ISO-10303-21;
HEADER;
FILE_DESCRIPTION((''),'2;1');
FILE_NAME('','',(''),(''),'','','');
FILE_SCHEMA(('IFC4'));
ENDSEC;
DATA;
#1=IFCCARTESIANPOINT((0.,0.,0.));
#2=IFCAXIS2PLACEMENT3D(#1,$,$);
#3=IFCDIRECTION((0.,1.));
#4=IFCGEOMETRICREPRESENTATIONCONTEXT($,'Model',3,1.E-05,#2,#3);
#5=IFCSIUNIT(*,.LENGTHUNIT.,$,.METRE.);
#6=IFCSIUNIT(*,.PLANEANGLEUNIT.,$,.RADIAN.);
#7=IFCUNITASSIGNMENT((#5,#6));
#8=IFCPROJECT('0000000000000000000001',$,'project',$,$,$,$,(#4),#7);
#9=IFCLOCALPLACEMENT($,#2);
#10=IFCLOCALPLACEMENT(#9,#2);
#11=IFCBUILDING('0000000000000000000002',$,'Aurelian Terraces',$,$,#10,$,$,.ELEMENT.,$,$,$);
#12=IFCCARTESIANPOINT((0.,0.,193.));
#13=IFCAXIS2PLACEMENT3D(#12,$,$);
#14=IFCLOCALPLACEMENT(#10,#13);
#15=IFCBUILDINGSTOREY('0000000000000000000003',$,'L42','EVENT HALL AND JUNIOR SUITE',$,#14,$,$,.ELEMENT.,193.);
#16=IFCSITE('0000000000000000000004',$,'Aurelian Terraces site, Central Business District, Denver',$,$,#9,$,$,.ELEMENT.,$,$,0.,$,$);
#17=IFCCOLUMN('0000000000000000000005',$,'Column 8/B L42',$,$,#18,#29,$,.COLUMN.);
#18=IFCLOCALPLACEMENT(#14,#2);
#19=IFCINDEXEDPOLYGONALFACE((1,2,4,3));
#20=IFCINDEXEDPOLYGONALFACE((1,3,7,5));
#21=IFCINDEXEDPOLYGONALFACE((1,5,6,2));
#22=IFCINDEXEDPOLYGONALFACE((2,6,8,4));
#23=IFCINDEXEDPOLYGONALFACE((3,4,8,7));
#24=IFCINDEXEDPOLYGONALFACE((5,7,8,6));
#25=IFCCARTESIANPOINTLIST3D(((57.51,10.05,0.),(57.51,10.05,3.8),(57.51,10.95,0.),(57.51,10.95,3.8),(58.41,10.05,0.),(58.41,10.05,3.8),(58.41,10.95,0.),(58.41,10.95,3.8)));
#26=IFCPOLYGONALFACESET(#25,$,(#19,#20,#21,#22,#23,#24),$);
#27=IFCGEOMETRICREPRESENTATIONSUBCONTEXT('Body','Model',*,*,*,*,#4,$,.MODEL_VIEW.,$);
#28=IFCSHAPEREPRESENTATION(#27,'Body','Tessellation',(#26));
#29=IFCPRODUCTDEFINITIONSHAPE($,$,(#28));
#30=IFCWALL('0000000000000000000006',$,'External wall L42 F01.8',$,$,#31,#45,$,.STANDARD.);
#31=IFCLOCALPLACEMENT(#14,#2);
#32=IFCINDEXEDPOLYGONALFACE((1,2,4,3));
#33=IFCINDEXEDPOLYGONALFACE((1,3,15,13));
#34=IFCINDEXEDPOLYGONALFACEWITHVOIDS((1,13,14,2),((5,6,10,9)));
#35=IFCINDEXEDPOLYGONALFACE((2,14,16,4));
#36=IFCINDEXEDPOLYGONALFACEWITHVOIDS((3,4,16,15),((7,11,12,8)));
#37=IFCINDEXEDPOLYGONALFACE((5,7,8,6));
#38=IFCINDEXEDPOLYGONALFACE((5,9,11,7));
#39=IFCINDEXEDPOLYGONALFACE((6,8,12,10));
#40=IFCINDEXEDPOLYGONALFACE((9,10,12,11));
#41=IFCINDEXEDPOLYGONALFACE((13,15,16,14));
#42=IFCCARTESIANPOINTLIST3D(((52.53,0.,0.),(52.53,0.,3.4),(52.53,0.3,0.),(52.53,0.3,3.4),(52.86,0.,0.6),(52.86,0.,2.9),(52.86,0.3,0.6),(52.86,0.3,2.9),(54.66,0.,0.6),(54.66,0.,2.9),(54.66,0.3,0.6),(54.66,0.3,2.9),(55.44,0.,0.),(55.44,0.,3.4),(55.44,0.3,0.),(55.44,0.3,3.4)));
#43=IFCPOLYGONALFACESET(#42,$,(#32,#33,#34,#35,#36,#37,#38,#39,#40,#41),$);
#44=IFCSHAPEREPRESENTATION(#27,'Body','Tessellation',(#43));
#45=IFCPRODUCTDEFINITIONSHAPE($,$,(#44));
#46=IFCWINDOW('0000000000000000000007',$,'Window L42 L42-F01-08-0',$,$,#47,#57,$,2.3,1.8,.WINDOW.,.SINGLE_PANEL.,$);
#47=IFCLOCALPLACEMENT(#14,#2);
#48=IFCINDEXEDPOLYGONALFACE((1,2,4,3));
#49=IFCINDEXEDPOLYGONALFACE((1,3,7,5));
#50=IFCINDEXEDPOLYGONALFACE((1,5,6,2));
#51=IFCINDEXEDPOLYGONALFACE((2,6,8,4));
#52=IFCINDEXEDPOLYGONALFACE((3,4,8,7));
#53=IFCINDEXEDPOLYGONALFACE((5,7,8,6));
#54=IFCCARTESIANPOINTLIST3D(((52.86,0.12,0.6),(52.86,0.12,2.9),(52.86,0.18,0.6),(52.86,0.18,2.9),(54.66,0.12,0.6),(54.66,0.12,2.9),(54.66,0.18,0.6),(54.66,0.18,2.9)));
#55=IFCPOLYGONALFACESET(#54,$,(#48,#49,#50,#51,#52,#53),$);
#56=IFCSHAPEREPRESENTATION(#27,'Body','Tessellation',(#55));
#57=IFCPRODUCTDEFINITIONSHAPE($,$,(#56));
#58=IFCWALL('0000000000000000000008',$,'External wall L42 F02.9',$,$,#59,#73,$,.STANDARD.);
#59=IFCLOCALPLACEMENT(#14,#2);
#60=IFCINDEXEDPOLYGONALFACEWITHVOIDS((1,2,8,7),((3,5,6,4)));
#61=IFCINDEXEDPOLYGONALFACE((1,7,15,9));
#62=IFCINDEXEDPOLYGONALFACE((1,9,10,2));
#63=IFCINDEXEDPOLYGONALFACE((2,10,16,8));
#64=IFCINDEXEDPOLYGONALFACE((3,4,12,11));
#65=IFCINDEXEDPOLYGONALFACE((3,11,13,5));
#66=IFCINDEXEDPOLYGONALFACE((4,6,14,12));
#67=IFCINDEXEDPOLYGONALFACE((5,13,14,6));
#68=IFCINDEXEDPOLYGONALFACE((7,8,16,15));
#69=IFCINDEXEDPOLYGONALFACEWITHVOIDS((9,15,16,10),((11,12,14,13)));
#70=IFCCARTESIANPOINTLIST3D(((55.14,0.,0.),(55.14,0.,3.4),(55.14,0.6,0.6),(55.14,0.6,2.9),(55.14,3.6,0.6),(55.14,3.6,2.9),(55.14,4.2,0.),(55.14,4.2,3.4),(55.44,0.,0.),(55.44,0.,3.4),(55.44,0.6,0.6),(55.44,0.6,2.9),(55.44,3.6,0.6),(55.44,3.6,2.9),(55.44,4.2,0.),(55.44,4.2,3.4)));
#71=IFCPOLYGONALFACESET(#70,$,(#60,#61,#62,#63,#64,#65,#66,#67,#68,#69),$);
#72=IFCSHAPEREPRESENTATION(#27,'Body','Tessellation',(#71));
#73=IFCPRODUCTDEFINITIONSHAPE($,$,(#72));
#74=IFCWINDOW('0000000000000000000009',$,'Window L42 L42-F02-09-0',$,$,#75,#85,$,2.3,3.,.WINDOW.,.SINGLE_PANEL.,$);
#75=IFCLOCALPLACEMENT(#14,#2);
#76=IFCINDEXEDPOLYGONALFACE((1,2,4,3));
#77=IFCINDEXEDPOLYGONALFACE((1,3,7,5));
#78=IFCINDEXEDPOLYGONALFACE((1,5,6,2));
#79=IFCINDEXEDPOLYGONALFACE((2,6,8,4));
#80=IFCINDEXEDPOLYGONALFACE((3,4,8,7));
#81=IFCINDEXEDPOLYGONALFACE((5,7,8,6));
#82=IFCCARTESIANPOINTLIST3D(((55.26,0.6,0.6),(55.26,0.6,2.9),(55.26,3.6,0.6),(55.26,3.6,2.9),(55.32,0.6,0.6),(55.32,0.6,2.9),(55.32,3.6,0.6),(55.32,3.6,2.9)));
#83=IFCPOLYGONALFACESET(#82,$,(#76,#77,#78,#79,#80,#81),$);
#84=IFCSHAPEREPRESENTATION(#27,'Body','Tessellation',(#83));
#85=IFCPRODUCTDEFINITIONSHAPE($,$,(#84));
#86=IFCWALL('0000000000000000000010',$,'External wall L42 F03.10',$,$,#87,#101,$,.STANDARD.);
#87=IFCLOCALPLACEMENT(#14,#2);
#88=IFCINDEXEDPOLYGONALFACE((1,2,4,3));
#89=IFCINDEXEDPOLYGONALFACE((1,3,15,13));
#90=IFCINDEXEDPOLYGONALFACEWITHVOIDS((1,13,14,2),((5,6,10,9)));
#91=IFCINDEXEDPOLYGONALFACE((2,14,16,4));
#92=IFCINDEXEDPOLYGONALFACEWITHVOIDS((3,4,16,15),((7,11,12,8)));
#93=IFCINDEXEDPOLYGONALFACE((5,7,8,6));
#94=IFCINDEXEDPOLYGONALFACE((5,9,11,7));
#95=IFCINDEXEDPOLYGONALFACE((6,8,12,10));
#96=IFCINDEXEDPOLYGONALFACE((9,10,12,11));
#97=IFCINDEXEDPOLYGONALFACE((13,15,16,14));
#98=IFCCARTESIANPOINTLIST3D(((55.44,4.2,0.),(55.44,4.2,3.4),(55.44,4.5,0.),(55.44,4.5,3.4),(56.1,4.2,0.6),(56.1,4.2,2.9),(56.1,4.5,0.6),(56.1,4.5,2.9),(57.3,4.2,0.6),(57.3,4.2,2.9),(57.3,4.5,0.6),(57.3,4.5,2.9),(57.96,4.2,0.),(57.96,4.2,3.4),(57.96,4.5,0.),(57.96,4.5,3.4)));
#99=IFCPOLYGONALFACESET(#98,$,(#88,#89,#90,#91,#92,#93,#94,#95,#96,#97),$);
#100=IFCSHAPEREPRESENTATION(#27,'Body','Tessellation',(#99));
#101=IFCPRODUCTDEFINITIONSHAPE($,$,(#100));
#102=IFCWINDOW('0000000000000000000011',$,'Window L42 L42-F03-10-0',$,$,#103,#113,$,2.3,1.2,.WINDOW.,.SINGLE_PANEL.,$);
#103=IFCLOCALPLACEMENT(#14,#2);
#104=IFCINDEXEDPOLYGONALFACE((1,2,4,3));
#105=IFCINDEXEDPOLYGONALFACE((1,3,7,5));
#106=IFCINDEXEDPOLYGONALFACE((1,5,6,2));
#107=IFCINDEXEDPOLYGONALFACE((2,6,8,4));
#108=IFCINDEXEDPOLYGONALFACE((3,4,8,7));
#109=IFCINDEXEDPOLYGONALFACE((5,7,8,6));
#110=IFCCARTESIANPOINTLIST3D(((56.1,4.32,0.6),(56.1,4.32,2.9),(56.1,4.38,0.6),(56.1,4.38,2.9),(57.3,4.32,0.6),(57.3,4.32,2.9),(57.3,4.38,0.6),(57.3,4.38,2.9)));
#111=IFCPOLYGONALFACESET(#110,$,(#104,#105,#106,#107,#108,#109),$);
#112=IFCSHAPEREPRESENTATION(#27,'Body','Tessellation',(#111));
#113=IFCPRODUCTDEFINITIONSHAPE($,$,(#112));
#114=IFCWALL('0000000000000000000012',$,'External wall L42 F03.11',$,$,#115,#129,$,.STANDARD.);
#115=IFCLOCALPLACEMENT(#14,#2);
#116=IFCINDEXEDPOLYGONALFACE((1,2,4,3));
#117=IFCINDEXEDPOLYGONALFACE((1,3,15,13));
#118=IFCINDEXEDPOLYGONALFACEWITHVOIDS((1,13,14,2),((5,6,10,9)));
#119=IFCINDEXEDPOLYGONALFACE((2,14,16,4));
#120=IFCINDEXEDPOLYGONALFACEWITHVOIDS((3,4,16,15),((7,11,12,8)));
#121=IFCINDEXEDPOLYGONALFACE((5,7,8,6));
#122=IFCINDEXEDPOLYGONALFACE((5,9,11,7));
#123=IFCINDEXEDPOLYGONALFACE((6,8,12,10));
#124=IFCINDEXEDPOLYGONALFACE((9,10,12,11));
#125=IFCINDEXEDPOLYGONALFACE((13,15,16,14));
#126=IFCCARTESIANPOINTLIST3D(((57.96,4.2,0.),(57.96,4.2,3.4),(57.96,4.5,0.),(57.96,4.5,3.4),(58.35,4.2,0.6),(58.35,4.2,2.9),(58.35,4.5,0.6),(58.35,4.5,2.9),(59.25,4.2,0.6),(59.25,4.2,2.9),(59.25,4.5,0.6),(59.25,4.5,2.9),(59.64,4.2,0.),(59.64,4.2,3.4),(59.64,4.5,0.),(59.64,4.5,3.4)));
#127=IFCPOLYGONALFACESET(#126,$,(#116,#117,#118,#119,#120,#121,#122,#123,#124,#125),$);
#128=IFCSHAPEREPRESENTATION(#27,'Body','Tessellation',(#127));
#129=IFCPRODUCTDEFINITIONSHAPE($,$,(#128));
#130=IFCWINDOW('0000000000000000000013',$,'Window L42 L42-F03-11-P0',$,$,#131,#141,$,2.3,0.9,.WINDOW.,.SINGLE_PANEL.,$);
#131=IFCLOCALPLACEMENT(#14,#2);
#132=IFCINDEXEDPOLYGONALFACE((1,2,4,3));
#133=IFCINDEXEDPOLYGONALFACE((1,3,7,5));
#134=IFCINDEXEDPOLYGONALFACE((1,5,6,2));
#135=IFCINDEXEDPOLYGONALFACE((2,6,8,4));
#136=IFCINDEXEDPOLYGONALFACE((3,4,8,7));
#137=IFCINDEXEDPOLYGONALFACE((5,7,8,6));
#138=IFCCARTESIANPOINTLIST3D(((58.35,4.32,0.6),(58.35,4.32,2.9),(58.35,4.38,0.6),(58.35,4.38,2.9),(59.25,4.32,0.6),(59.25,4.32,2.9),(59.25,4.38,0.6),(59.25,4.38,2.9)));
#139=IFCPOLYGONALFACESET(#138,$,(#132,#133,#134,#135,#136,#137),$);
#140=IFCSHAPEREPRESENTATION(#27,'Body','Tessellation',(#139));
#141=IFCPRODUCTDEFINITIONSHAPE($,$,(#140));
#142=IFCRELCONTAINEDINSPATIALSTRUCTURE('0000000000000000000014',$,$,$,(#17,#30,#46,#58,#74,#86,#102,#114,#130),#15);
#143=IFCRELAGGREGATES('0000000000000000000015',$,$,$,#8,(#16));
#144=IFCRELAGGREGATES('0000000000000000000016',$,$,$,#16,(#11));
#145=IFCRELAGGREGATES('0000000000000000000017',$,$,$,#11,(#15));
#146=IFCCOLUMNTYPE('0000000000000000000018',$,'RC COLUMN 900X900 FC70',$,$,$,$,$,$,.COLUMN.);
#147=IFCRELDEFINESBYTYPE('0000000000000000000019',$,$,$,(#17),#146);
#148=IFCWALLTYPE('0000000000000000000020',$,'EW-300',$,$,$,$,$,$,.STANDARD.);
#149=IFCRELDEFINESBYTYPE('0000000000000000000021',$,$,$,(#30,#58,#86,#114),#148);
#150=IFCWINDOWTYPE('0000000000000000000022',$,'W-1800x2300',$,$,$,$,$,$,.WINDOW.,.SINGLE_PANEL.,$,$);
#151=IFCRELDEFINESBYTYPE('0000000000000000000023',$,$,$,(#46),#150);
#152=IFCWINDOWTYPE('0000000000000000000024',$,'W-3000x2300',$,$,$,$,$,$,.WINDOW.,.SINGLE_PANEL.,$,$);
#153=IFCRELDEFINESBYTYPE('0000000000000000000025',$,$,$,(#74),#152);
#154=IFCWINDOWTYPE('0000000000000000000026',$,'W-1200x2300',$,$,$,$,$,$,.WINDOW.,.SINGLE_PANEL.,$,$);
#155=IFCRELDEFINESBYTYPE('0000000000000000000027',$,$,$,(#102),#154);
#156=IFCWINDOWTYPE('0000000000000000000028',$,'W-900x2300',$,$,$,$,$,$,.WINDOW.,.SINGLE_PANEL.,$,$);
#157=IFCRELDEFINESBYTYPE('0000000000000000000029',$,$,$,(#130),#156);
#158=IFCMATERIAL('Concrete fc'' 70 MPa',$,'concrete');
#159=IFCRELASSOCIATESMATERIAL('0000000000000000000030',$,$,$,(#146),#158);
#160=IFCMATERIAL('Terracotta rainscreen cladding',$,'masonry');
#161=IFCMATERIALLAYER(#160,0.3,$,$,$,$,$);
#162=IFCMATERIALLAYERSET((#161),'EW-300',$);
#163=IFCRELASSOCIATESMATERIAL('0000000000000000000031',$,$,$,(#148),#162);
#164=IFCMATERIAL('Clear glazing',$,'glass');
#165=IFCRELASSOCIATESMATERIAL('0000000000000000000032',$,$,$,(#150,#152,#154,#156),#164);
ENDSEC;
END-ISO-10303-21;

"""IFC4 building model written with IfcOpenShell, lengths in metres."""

from ifc_helpers import new_model, si_unit, direction, frame, frame_2d, origin, origin_2d, place, context, subcontext, project, spatial, rectangle, extrude, source, transform, mapped, material, layer, layer_set, material_profile, profile_set, type_object, element, fill, save


model = new_model("IFC4")

# Units and contexts
model_context = context("Model", 3, precision=1e-05, world=origin(), true_north=direction((0.0, 1.0)))
body_context = subcontext(model_context, "Body", "Model", "MODEL_VIEW")
ifc_project = project(units=[si_unit("LENGTHUNIT", "METRE"), si_unit("PLANEANGLEUNIT", "RADIAN")], contexts=[model_context])

# Site, building, storey
site_placement = place(None, origin())
site = spatial("IfcSite", under=ifc_project, at=site_placement, Name="Aurelian Terraces site, Central Business District, Denver", CompositionType="ELEMENT", RefElevation=0.0)
building_placement = place(site_placement, origin())
building = spatial("IfcBuilding", under=site, at=building_placement, Name="Aurelian Terraces", CompositionType="ELEMENT")
storey_placement = place(building_placement, frame((0.0, 0.0, 193.0)))
storey = spatial("IfcBuildingStorey", under=building, at=storey_placement, Name="L42", Description="EVENT HALL AND JUNIOR SUITE", CompositionType="ELEMENT", Elevation=193.0)

# Column
ifc_material_1 = material(Name="Concrete fc' 70 MPa", Category="concrete")
ifc_material_profile = material_profile(ifc_material_1, rectangle(XDim=0.9, YDim=0.9, at=origin_2d()))
ifc_profile_set = profile_set([ifc_material_profile], Name="Concrete fc' 70 MPa")
column_type = type_object("IfcColumnType", Name="RC COLUMN 900X900 FC70", PredefinedType="COLUMN", material=ifc_profile_set)
shared_shape_1 = source(origin(), body_context, "Body", "SweptSolid", [
    extrude(rectangle(XDim=0.9, YDim=0.9, at=origin_2d()), origin(), (0.0, 0.0, 1.0), 3.8),
])
column_placement = place(storey_placement, frame((57.96, 10.5, 0.0), z_axis=(0.0, 0.0, 1.0), x_axis=(1.0, 0.0, 0.0)))
element("IfcColumn", 1, at=column_placement, inside=storey, type_object=column_type, Name="Column 8/B L42", PredefinedType="COLUMN", context=body_context, shape_type="MappedRepresentation", body=[
    mapped(shared_shape_1, transform((0.0, 0.0, 0.0), scale=1.0)),
])

# Walls, openings, windows
ifc_material_2 = material(Name="Terracotta rainscreen cladding", Category="masonry")
ifc_layer_1 = layer(ifc_material_2, 0.3)
ifc_layer_set_1 = layer_set([ifc_layer_1], Name="EW-300")
wall_type_1 = type_object("IfcWallType", Name="EW-300", PredefinedType="STANDARD", material=ifc_layer_set_1)
shared_shape_2 = source(origin(), body_context, "Body", "SweptSolid", [
    extrude(rectangle(XDim=2.91, YDim=0.3, at=frame_2d((1.455, 0.0))), origin(), (0.0, 0.0, 1.0), 3.4),
])
wall_1_placement = place(storey_placement, frame((52.53, 0.15, 0.0), z_axis=(0.0, 0.0, 1.0), x_axis=(1.0, 0.0, 0.0)))
wall_1 = element("IfcWall", 2, at=wall_1_placement, inside=storey, type_object=wall_type_1, Name="External wall L42 F01.8", PredefinedType="STANDARD", context=body_context, shape_type="MappedRepresentation", body=[
    mapped(shared_shape_2, transform((0.0, 0.0, 0.0), scale=1.0)),
])
shared_shape_3 = source(origin(), body_context, "Body", "SweptSolid", [
    extrude(rectangle(XDim=1.8, YDim=2.3, at=frame_2d((0.9, 1.15))), frame((0.0, 0.16, 0.0), z_axis=(0.0, -1.0, 0.0), x_axis=(1.0, 0.0, 0.0)), (0.0, 0.0, 1.0), 0.32),
])
opening_1_placement = place(wall_1_placement, frame((0.33, 0.0, 0.6)))
opening_1 = element("IfcOpeningElement", 3, at=opening_1_placement, cuts=wall_1, PredefinedType="OPENING", context=body_context, shape_type="MappedRepresentation", body=[
    mapped(shared_shape_3, transform((0.0, 0.0, 0.0), scale=1.0)),
])
ifc_material_3 = material(Name="Clear glazing", Category="glass")
window_type_1 = type_object("IfcWindowType", Name="W-1800x2300", PartitioningType="SINGLE_PANEL", PredefinedType="WINDOW", material=ifc_material_3)
shared_shape_4 = source(origin(), body_context, "Body", "SweptSolid", [
    extrude(rectangle(XDim=1.8, YDim=2.3, at=frame_2d((0.9, 1.15))), frame((0.0, 0.03, 0.0), z_axis=(0.0, -1.0, 0.0), x_axis=(1.0, 0.0, 0.0)), (0.0, 0.0, 1.0), 0.06),
])
window_1_placement = place(opening_1_placement, origin())
window_1 = element("IfcWindow", 4, at=window_1_placement, inside=storey, type_object=window_type_1, Name="Window L42 L42-F01-08-0", OverallHeight=2.3, OverallWidth=1.8, PartitioningType="SINGLE_PANEL", PredefinedType="WINDOW", context=body_context, shape_type="MappedRepresentation", body=[
    mapped(shared_shape_4, transform((0.0, 0.0, 0.0), scale=1.0)),
])
fill(opening_1, window_1)
shared_shape_5 = source(origin(), body_context, "Body", "SweptSolid", [
    extrude(rectangle(XDim=4.2, YDim=0.3, at=frame_2d((2.1, 0.0))), origin(), (0.0, 0.0, 1.0), 3.4),
])
wall_2_placement = place(storey_placement, frame((55.29, 0.0, 0.0), z_axis=(0.0, 0.0, 1.0), x_axis=(0.0, 1.0, 0.0)))
wall_2 = element("IfcWall", 5, at=wall_2_placement, inside=storey, type_object=wall_type_1, Name="External wall L42 F02.9", PredefinedType="STANDARD", context=body_context, shape_type="MappedRepresentation", body=[
    mapped(shared_shape_5, transform((0.0, 0.0, 0.0), scale=1.0)),
])
shared_shape_6 = source(origin(), body_context, "Body", "SweptSolid", [
    extrude(rectangle(XDim=3.0, YDim=2.3, at=frame_2d((1.5, 1.15))), frame((0.0, 0.16, 0.0), z_axis=(0.0, -1.0, 0.0), x_axis=(1.0, 0.0, 0.0)), (0.0, 0.0, 1.0), 0.32),
])
opening_2_placement = place(wall_2_placement, frame((0.6, 0.0, 0.6)))
opening_2 = element("IfcOpeningElement", 6, at=opening_2_placement, cuts=wall_2, PredefinedType="OPENING", context=body_context, shape_type="MappedRepresentation", body=[
    mapped(shared_shape_6, transform((0.0, 0.0, 0.0), scale=1.0)),
])
window_type_2 = type_object("IfcWindowType", Name="W-3000x2300", PartitioningType="SINGLE_PANEL", PredefinedType="WINDOW", material=ifc_material_3)
shared_shape_7 = source(origin(), body_context, "Body", "SweptSolid", [
    extrude(rectangle(XDim=3.0, YDim=2.3, at=frame_2d((1.5, 1.15))), frame((0.0, 0.03, 0.0), z_axis=(0.0, -1.0, 0.0), x_axis=(1.0, 0.0, 0.0)), (0.0, 0.0, 1.0), 0.06),
])
window_2_placement = place(opening_2_placement, origin())
window_2 = element("IfcWindow", 7, at=window_2_placement, inside=storey, type_object=window_type_2, Name="Window L42 L42-F02-09-0", OverallHeight=2.3, OverallWidth=3.0, PartitioningType="SINGLE_PANEL", PredefinedType="WINDOW", context=body_context, shape_type="MappedRepresentation", body=[
    mapped(shared_shape_7, transform((0.0, 0.0, 0.0), scale=1.0)),
])
fill(opening_2, window_2)
shared_shape_8 = source(origin(), body_context, "Body", "SweptSolid", [
    extrude(rectangle(XDim=2.52, YDim=0.3, at=frame_2d((1.26, 0.0))), origin(), (0.0, 0.0, 1.0), 3.4),
])
wall_3_placement = place(storey_placement, frame((55.44, 4.35, 0.0), z_axis=(0.0, 0.0, 1.0), x_axis=(1.0, 0.0, 0.0)))
wall_3 = element("IfcWall", 8, at=wall_3_placement, inside=storey, type_object=wall_type_1, Name="External wall L42 F03.10", PredefinedType="STANDARD", context=body_context, shape_type="MappedRepresentation", body=[
    mapped(shared_shape_8, transform((0.0, 0.0, 0.0), scale=1.0)),
])
shared_shape_9 = source(origin(), body_context, "Body", "SweptSolid", [
    extrude(rectangle(XDim=1.2, YDim=2.3, at=frame_2d((0.6, 1.15))), frame((0.0, 0.16, 0.0), z_axis=(0.0, -1.0, 0.0), x_axis=(1.0, 0.0, 0.0)), (0.0, 0.0, 1.0), 0.32),
])
opening_3_placement = place(wall_3_placement, frame((0.66, 0.0, 0.6)))
opening_3 = element("IfcOpeningElement", 9, at=opening_3_placement, cuts=wall_3, PredefinedType="OPENING", context=body_context, shape_type="MappedRepresentation", body=[
    mapped(shared_shape_9, transform((0.0, 0.0, 0.0), scale=1.0)),
])
window_type_3 = type_object("IfcWindowType", Name="W-1200x2300", PartitioningType="SINGLE_PANEL", PredefinedType="WINDOW", material=ifc_material_3)
shared_shape_10 = source(origin(), body_context, "Body", "SweptSolid", [
    extrude(rectangle(XDim=1.2, YDim=2.3, at=frame_2d((0.6, 1.15))), frame((0.0, 0.03, 0.0), z_axis=(0.0, -1.0, 0.0), x_axis=(1.0, 0.0, 0.0)), (0.0, 0.0, 1.0), 0.06),
])
window_3_placement = place(opening_3_placement, origin())
window_3 = element("IfcWindow", 10, at=window_3_placement, inside=storey, type_object=window_type_3, Name="Window L42 L42-F03-10-0", OverallHeight=2.3, OverallWidth=1.2, PartitioningType="SINGLE_PANEL", PredefinedType="WINDOW", context=body_context, shape_type="MappedRepresentation", body=[
    mapped(shared_shape_10, transform((0.0, 0.0, 0.0), scale=1.0)),
])
fill(opening_3, window_3)
shared_shape_11 = source(origin(), body_context, "Body", "SweptSolid", [
    extrude(rectangle(XDim=1.68, YDim=0.3, at=frame_2d((0.84, 0.0))), origin(), (0.0, 0.0, 1.0), 3.4),
])
wall_4_placement = place(storey_placement, frame((57.96, 4.35, 0.0), z_axis=(0.0, 0.0, 1.0), x_axis=(1.0, 0.0, 0.0)))
wall_4 = element("IfcWall", 11, at=wall_4_placement, inside=storey, type_object=wall_type_1, Name="External wall L42 F03.11", PredefinedType="STANDARD", context=body_context, shape_type="MappedRepresentation", body=[
    mapped(shared_shape_11, transform((0.0, 0.0, 0.0), scale=1.0)),
])
shared_shape_12 = source(origin(), body_context, "Body", "SweptSolid", [
    extrude(rectangle(XDim=0.9, YDim=2.3, at=frame_2d((0.45, 1.15))), frame((0.0, 0.16, 0.0), z_axis=(0.0, -1.0, 0.0), x_axis=(1.0, 0.0, 0.0)), (0.0, 0.0, 1.0), 0.32),
])
opening_4_placement = place(wall_4_placement, frame((0.39, 0.0, 0.6)))
opening_4 = element("IfcOpeningElement", 12, at=opening_4_placement, cuts=wall_4, PredefinedType="OPENING", context=body_context, shape_type="MappedRepresentation", body=[
    mapped(shared_shape_12, transform((0.0, 0.0, 0.0), scale=1.0)),
])
window_type_4 = type_object("IfcWindowType", Name="W-900x2300", PartitioningType="SINGLE_PANEL", PredefinedType="WINDOW", material=ifc_material_3)
shared_shape_13 = source(origin(), body_context, "Body", "SweptSolid", [
    extrude(rectangle(XDim=0.9, YDim=2.3, at=frame_2d((0.45, 1.15))), frame((0.0, 0.03, 0.0), z_axis=(0.0, -1.0, 0.0), x_axis=(1.0, 0.0, 0.0)), (0.0, 0.0, 1.0), 0.06),
])
window_4_placement = place(opening_4_placement, origin())
window_4 = element("IfcWindow", 13, at=window_4_placement, inside=storey, type_object=window_type_4, Name="Window L42 L42-F03-11-P0", OverallHeight=2.3, OverallWidth=0.9, PartitioningType="SINGLE_PANEL", PredefinedType="WINDOW", context=body_context, shape_type="MappedRepresentation", body=[
    mapped(shared_shape_13, transform((0.0, 0.0, 0.0), scale=1.0)),
])
fill(opening_4, window_4)

save(model, "model.ifc")
